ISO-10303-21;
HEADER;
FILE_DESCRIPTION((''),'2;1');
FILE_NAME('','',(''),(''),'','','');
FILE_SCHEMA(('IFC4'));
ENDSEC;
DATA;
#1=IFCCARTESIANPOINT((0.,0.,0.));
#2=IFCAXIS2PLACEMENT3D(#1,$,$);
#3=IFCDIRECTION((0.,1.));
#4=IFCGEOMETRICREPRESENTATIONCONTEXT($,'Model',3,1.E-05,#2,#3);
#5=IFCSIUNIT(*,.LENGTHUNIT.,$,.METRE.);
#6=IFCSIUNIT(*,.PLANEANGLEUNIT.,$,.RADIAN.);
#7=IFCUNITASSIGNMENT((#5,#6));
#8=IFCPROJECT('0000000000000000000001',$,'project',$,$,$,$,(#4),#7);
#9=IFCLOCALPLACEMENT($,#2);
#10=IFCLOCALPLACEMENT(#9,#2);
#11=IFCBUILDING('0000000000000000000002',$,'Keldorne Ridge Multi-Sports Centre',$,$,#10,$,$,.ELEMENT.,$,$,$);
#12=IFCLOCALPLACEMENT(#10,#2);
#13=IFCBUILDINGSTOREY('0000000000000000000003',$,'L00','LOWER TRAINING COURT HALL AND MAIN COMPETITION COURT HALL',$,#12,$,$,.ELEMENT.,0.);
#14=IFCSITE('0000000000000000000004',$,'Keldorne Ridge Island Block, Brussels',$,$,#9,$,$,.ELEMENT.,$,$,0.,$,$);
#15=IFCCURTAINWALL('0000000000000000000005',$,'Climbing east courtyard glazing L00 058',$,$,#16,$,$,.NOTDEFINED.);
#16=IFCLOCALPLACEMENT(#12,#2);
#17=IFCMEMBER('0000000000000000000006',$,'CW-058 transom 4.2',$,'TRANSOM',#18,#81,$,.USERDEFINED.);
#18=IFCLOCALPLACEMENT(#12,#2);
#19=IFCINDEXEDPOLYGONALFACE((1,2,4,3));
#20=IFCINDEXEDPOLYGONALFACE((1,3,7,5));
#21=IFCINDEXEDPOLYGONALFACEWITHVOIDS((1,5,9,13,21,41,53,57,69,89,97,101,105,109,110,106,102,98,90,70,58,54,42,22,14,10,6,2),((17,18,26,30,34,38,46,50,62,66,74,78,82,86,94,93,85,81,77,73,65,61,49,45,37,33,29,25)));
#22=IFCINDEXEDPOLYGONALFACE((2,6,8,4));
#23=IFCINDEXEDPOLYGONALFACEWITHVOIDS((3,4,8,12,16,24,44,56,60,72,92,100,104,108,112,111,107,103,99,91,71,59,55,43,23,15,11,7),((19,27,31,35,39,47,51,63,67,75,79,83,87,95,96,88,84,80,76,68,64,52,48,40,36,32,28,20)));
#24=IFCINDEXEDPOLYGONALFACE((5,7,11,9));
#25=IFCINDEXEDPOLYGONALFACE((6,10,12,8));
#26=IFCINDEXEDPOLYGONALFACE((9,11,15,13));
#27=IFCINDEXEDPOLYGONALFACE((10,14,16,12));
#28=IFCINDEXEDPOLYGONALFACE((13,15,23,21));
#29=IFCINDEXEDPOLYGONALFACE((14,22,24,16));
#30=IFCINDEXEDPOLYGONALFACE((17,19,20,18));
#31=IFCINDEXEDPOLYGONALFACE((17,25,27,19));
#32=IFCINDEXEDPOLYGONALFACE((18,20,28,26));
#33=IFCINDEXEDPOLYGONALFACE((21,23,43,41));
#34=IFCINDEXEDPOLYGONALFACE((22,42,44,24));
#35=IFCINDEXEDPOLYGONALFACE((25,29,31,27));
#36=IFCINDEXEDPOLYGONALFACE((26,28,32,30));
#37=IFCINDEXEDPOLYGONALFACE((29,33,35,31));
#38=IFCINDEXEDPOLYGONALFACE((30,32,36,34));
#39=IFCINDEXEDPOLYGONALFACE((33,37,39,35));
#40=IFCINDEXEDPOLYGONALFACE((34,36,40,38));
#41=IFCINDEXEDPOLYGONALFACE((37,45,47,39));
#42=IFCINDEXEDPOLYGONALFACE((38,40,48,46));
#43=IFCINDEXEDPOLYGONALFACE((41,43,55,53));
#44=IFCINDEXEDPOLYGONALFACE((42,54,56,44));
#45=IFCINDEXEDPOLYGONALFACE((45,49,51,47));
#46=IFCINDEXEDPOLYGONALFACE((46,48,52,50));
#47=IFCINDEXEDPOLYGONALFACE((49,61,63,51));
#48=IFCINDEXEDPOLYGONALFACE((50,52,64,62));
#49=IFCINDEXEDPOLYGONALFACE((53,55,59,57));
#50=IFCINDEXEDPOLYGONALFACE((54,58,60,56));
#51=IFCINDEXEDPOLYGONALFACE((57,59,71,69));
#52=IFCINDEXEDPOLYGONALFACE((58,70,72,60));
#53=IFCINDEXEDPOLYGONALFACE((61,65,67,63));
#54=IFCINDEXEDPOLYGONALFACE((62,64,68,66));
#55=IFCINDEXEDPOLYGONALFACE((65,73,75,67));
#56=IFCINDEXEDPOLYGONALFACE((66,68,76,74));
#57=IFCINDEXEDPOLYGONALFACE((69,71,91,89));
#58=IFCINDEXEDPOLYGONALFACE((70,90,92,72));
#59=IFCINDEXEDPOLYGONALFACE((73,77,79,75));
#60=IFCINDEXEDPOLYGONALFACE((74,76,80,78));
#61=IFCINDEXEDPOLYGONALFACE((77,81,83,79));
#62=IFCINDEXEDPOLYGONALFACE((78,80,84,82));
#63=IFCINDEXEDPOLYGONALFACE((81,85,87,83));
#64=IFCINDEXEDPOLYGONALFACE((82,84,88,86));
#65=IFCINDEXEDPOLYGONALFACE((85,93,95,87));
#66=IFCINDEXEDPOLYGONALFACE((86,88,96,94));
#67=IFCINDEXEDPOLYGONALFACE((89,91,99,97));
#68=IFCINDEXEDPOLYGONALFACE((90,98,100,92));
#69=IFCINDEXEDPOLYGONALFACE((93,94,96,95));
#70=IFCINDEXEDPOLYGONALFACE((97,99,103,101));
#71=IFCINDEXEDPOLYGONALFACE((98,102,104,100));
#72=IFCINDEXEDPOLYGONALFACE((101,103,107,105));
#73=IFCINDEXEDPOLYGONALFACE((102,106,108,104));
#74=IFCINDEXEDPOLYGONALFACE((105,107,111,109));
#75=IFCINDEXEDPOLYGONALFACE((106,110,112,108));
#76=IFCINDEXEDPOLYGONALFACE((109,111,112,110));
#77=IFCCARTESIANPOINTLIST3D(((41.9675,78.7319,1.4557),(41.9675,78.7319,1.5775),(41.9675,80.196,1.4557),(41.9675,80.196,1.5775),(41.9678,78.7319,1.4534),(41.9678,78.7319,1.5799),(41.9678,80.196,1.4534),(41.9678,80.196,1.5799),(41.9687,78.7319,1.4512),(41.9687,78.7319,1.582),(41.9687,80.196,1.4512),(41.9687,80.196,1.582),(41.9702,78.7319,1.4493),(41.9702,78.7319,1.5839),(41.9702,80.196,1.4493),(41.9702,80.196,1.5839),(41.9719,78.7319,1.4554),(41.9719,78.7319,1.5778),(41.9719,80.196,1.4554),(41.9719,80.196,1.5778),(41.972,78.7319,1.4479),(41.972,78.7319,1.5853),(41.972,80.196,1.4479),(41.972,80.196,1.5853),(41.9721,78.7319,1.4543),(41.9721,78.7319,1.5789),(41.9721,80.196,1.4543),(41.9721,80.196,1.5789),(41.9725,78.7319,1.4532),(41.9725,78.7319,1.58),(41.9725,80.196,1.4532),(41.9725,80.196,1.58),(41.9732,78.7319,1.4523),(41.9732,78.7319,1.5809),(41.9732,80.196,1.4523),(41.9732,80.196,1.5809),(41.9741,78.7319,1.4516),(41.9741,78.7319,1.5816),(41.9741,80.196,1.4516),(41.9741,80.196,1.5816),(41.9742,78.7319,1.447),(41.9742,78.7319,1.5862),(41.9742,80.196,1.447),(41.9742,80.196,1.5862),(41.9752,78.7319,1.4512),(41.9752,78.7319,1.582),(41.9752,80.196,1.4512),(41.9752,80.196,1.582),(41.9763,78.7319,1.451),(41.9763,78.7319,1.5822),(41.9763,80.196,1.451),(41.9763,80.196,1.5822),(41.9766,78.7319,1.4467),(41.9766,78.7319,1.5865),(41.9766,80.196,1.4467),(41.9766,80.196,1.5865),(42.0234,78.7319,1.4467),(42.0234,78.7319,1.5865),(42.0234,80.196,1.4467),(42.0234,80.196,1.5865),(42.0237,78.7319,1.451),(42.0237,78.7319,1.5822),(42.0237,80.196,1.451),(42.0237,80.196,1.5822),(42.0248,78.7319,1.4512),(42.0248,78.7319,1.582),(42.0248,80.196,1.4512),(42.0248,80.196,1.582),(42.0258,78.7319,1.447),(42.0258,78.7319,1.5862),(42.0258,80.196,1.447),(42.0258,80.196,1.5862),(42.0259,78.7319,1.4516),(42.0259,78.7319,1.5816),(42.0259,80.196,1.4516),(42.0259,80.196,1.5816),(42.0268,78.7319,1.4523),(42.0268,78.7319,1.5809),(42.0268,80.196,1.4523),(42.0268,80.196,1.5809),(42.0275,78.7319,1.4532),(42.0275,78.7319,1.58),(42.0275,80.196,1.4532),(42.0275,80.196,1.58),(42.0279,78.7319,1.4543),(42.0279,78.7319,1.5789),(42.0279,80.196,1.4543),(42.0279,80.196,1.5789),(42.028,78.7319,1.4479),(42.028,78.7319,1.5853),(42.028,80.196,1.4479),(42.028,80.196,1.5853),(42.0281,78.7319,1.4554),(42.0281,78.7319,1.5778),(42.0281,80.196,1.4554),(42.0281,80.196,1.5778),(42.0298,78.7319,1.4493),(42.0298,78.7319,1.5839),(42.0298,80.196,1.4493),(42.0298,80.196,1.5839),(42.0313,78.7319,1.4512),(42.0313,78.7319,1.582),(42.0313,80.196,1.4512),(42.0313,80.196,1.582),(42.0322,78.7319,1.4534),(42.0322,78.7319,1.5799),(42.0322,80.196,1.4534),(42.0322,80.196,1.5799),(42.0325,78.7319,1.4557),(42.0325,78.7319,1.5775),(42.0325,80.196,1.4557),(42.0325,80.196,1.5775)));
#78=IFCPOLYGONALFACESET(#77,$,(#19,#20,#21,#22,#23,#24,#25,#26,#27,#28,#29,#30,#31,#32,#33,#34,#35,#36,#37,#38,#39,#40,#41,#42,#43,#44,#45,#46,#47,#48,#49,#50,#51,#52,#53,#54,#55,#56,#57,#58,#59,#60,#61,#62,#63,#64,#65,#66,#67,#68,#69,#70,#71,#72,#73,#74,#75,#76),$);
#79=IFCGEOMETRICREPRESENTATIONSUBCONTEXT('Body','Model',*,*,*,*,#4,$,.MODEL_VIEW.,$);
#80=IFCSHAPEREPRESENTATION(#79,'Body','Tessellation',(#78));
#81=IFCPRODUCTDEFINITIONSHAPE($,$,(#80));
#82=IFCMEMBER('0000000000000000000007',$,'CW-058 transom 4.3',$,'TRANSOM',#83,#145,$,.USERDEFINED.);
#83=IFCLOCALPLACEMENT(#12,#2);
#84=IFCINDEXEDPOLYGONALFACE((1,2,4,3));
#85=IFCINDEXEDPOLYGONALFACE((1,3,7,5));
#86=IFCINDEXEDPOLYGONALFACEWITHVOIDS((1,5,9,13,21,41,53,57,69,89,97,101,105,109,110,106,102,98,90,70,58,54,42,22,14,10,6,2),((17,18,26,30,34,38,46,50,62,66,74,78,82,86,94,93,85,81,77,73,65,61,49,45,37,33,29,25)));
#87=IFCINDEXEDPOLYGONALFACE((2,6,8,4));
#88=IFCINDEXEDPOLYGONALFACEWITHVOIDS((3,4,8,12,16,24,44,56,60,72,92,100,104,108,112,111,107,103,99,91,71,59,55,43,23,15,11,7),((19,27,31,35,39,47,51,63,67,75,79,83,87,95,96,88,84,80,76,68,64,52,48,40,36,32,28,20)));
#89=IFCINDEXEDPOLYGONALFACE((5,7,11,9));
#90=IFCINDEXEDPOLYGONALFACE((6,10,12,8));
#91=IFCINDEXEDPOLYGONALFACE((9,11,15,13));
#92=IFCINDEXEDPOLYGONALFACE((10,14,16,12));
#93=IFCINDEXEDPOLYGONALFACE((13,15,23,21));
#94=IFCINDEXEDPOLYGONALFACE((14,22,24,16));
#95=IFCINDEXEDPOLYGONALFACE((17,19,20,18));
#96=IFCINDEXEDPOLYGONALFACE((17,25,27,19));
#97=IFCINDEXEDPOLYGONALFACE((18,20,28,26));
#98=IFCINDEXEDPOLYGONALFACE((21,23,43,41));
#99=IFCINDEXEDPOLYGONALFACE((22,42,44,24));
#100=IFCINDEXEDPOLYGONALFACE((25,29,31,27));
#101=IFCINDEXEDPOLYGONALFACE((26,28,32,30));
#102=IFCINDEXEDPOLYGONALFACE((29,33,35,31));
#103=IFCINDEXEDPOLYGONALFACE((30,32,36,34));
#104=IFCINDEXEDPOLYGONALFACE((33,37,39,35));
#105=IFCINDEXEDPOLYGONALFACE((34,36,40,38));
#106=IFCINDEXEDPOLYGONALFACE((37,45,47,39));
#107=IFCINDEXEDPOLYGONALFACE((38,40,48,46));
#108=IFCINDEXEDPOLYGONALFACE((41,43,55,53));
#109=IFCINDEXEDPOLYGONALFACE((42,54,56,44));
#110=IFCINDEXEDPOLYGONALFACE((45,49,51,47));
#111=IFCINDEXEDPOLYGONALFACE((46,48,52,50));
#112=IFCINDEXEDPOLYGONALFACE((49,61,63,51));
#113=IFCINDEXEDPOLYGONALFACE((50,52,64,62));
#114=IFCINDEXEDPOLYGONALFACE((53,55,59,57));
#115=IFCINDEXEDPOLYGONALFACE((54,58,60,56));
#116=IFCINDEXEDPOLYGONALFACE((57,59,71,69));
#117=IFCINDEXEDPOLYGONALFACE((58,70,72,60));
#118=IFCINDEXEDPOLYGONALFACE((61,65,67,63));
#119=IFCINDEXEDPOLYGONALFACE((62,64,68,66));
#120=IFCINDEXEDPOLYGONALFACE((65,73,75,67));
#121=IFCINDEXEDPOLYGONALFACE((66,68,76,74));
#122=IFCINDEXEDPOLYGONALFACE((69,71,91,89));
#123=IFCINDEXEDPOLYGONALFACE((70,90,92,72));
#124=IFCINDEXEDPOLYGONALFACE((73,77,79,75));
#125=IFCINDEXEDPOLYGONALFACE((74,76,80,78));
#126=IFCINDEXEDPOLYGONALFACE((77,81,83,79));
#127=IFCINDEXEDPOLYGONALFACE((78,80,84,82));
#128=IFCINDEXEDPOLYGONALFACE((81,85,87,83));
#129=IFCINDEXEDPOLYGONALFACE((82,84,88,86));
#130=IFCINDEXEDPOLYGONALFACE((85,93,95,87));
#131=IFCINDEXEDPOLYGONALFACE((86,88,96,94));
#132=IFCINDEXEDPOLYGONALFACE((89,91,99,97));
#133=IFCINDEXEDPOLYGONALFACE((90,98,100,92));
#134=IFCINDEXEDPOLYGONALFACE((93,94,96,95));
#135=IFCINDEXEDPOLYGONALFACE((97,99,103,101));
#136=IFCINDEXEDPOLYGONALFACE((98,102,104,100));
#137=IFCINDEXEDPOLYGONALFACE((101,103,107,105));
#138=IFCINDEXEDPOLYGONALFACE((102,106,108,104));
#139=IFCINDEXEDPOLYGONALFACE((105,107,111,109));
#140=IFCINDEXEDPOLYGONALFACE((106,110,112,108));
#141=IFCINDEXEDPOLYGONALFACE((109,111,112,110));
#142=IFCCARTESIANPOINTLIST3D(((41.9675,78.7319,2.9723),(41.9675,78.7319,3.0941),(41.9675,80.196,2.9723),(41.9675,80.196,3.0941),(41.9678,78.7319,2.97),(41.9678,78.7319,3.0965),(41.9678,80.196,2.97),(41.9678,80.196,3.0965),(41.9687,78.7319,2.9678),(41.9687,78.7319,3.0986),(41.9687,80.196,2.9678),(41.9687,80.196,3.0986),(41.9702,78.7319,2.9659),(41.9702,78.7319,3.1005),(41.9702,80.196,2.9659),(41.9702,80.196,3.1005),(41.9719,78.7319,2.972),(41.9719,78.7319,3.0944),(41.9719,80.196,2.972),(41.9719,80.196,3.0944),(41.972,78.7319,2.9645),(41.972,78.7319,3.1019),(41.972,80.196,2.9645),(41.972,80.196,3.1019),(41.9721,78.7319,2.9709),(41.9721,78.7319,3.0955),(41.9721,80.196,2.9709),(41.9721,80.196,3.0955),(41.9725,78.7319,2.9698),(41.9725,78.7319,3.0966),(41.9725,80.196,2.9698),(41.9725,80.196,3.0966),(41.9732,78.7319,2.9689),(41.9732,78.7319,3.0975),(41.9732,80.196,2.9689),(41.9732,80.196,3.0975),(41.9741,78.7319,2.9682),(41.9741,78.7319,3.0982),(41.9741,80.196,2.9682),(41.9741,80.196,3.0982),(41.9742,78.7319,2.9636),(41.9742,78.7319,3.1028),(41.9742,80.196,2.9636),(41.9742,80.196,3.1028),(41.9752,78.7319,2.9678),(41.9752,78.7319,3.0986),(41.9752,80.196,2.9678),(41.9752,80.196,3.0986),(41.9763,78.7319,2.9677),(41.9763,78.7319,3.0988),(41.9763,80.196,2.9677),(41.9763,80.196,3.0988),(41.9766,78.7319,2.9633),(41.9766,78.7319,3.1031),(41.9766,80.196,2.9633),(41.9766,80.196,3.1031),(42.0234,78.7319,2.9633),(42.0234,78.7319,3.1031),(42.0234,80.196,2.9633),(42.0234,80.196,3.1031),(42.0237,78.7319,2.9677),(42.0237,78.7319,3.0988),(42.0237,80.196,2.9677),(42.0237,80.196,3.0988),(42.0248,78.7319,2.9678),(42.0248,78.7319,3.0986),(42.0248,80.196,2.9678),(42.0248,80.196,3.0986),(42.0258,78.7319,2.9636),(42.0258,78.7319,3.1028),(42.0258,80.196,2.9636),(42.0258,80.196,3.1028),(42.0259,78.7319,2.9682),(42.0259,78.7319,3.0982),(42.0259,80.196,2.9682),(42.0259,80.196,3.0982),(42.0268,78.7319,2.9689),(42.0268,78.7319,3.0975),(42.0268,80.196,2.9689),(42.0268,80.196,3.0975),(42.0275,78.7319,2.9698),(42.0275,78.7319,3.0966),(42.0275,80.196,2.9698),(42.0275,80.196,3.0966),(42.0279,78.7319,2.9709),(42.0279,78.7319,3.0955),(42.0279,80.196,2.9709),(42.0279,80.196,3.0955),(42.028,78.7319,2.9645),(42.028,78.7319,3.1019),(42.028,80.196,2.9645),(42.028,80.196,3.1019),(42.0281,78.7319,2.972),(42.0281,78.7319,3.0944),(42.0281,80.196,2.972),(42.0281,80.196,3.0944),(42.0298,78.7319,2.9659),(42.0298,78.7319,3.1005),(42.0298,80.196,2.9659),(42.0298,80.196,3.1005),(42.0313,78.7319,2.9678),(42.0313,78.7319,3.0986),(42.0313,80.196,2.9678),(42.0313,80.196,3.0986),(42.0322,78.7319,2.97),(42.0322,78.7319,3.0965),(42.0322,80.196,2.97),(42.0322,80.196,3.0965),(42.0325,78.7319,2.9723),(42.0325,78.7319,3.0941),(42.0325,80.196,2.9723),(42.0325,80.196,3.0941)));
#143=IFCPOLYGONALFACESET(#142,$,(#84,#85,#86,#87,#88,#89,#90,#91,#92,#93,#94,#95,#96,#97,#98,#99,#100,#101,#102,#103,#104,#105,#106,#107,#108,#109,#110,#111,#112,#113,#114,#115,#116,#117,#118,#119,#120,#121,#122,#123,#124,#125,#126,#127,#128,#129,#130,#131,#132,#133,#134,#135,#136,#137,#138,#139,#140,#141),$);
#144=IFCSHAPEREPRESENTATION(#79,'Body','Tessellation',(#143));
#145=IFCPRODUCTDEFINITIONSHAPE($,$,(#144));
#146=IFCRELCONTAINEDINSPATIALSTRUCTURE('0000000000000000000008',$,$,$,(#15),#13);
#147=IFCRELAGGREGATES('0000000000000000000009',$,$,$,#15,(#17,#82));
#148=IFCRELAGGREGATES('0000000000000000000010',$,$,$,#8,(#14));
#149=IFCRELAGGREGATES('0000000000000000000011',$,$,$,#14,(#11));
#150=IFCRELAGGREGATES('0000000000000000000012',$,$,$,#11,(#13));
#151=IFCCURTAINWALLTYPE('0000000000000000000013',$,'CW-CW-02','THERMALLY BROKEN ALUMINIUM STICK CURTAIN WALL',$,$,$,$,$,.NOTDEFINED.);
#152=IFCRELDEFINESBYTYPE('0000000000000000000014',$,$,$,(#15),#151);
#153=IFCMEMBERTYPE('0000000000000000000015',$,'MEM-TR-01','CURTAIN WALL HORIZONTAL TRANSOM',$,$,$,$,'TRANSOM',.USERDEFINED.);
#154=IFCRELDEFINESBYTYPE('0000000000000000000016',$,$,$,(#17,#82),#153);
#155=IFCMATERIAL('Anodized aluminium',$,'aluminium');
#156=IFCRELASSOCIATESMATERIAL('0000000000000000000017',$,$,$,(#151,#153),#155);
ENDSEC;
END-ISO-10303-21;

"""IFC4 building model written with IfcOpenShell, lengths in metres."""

from ifc_helpers import new_model, si_unit, direction, frame, origin, origin_2d, place, context, subcontext, project, spatial, hollow_rectangle, extrude, material, material_profile, profile_set, type_object, element, aggregate, save


model = new_model("IFC4")

# Units and contexts
model_context = context("Model", 3, precision=1e-05, world=origin(), true_north=direction((0.0, 1.0)))
body_context = subcontext(model_context, "Body", "Model", "MODEL_VIEW")
ifc_project = project(units=[si_unit("LENGTHUNIT", "METRE"), si_unit("PLANEANGLEUNIT", "RADIAN")], contexts=[model_context])

# Site, building, storey
site_placement = place(None, origin())
site = spatial("IfcSite", under=ifc_project, at=site_placement, Name="Keldorne Ridge Island Block, Brussels", CompositionType="ELEMENT", RefElevation=0.0)
building_placement = place(site_placement, origin())
building = spatial("IfcBuilding", under=site, at=building_placement, Name="Keldorne Ridge Multi-Sports Centre", CompositionType="ELEMENT")
storey_placement = place(building_placement, origin())
storey = spatial("IfcBuildingStorey", under=building, at=storey_placement, Name="L00", Description="LOWER TRAINING COURT HALL AND MAIN COMPETITION COURT HALL", CompositionType="ELEMENT", Elevation=0.0)

# Curtain wall, members
ifc_material_1 = material(Name="Anodized aluminium", Category="aluminium")
curtain_wall_type = type_object("IfcCurtainWallType", Name="CW-CW-02", Description="THERMALLY BROKEN ALUMINIUM STICK CURTAIN WALL", PredefinedType="NOTDEFINED", material=ifc_material_1)
curtain_wall_placement = place(storey_placement, origin())
curtain_wall = element("IfcCurtainWall", 1, at=curtain_wall_placement, inside=storey, type_object=curtain_wall_type, Name="Climbing east courtyard glazing L00 058", PredefinedType="NOTDEFINED")
ifc_material_profile_1 = material_profile(ifc_material_1, hollow_rectangle(XDim=0.0649, YDim=0.1399, WallThickness=0.0044, InnerFilletRadius=0.0044, OuterFilletRadius=0.009, at=origin_2d()), Name="ALU TRANSOM 140x65x4.5")
ifc_profile_set_1 = profile_set([ifc_material_profile_1], Name="Anodized aluminium")
member_type_1 = type_object("IfcMemberType", Name="MEM-TR-01", Description="CURTAIN WALL HORIZONTAL TRANSOM", ElementType="TRANSOM", PredefinedType="USERDEFINED", material=ifc_profile_set_1)
member_1_placement = place(storey_placement, frame((42.0, 78.7319, 1.5166), z_axis=(0.0, 1.0, 0.0), x_axis=(-1.0, 0.0, 0.0)))
member_1 = element("IfcMember", 2, at=member_1_placement, type_object=member_type_1, Name="CW-058 transom 4.2", ObjectType="TRANSOM", PredefinedType="USERDEFINED", context=body_context, shape_type="SweptSolid", body=[
    extrude(hollow_rectangle(XDim=0.0649, YDim=0.1399, WallThickness=0.0044, InnerFilletRadius=0.0044, OuterFilletRadius=0.009, at=origin_2d()), origin(), (0.0, 0.0, 1.0), 1.4641),
])
member_2_placement = place(storey_placement, frame((42.0, 78.7319, 3.0332), z_axis=(0.0, 1.0, 0.0), x_axis=(-1.0, 0.0, 0.0)))
member_2 = element("IfcMember", 3, at=member_2_placement, type_object=member_type_1, Name="CW-058 transom 4.3", ObjectType="TRANSOM", PredefinedType="USERDEFINED", context=body_context, shape_type="SweptSolid", body=[
    extrude(hollow_rectangle(XDim=0.0649, YDim=0.1399, WallThickness=0.0044, InnerFilletRadius=0.0044, OuterFilletRadius=0.009, at=origin_2d()), origin(), (0.0, 0.0, 1.0), 1.4641),
])
aggregate(curtain_wall, [member_1, member_2])

save(model, "model.ifc")
